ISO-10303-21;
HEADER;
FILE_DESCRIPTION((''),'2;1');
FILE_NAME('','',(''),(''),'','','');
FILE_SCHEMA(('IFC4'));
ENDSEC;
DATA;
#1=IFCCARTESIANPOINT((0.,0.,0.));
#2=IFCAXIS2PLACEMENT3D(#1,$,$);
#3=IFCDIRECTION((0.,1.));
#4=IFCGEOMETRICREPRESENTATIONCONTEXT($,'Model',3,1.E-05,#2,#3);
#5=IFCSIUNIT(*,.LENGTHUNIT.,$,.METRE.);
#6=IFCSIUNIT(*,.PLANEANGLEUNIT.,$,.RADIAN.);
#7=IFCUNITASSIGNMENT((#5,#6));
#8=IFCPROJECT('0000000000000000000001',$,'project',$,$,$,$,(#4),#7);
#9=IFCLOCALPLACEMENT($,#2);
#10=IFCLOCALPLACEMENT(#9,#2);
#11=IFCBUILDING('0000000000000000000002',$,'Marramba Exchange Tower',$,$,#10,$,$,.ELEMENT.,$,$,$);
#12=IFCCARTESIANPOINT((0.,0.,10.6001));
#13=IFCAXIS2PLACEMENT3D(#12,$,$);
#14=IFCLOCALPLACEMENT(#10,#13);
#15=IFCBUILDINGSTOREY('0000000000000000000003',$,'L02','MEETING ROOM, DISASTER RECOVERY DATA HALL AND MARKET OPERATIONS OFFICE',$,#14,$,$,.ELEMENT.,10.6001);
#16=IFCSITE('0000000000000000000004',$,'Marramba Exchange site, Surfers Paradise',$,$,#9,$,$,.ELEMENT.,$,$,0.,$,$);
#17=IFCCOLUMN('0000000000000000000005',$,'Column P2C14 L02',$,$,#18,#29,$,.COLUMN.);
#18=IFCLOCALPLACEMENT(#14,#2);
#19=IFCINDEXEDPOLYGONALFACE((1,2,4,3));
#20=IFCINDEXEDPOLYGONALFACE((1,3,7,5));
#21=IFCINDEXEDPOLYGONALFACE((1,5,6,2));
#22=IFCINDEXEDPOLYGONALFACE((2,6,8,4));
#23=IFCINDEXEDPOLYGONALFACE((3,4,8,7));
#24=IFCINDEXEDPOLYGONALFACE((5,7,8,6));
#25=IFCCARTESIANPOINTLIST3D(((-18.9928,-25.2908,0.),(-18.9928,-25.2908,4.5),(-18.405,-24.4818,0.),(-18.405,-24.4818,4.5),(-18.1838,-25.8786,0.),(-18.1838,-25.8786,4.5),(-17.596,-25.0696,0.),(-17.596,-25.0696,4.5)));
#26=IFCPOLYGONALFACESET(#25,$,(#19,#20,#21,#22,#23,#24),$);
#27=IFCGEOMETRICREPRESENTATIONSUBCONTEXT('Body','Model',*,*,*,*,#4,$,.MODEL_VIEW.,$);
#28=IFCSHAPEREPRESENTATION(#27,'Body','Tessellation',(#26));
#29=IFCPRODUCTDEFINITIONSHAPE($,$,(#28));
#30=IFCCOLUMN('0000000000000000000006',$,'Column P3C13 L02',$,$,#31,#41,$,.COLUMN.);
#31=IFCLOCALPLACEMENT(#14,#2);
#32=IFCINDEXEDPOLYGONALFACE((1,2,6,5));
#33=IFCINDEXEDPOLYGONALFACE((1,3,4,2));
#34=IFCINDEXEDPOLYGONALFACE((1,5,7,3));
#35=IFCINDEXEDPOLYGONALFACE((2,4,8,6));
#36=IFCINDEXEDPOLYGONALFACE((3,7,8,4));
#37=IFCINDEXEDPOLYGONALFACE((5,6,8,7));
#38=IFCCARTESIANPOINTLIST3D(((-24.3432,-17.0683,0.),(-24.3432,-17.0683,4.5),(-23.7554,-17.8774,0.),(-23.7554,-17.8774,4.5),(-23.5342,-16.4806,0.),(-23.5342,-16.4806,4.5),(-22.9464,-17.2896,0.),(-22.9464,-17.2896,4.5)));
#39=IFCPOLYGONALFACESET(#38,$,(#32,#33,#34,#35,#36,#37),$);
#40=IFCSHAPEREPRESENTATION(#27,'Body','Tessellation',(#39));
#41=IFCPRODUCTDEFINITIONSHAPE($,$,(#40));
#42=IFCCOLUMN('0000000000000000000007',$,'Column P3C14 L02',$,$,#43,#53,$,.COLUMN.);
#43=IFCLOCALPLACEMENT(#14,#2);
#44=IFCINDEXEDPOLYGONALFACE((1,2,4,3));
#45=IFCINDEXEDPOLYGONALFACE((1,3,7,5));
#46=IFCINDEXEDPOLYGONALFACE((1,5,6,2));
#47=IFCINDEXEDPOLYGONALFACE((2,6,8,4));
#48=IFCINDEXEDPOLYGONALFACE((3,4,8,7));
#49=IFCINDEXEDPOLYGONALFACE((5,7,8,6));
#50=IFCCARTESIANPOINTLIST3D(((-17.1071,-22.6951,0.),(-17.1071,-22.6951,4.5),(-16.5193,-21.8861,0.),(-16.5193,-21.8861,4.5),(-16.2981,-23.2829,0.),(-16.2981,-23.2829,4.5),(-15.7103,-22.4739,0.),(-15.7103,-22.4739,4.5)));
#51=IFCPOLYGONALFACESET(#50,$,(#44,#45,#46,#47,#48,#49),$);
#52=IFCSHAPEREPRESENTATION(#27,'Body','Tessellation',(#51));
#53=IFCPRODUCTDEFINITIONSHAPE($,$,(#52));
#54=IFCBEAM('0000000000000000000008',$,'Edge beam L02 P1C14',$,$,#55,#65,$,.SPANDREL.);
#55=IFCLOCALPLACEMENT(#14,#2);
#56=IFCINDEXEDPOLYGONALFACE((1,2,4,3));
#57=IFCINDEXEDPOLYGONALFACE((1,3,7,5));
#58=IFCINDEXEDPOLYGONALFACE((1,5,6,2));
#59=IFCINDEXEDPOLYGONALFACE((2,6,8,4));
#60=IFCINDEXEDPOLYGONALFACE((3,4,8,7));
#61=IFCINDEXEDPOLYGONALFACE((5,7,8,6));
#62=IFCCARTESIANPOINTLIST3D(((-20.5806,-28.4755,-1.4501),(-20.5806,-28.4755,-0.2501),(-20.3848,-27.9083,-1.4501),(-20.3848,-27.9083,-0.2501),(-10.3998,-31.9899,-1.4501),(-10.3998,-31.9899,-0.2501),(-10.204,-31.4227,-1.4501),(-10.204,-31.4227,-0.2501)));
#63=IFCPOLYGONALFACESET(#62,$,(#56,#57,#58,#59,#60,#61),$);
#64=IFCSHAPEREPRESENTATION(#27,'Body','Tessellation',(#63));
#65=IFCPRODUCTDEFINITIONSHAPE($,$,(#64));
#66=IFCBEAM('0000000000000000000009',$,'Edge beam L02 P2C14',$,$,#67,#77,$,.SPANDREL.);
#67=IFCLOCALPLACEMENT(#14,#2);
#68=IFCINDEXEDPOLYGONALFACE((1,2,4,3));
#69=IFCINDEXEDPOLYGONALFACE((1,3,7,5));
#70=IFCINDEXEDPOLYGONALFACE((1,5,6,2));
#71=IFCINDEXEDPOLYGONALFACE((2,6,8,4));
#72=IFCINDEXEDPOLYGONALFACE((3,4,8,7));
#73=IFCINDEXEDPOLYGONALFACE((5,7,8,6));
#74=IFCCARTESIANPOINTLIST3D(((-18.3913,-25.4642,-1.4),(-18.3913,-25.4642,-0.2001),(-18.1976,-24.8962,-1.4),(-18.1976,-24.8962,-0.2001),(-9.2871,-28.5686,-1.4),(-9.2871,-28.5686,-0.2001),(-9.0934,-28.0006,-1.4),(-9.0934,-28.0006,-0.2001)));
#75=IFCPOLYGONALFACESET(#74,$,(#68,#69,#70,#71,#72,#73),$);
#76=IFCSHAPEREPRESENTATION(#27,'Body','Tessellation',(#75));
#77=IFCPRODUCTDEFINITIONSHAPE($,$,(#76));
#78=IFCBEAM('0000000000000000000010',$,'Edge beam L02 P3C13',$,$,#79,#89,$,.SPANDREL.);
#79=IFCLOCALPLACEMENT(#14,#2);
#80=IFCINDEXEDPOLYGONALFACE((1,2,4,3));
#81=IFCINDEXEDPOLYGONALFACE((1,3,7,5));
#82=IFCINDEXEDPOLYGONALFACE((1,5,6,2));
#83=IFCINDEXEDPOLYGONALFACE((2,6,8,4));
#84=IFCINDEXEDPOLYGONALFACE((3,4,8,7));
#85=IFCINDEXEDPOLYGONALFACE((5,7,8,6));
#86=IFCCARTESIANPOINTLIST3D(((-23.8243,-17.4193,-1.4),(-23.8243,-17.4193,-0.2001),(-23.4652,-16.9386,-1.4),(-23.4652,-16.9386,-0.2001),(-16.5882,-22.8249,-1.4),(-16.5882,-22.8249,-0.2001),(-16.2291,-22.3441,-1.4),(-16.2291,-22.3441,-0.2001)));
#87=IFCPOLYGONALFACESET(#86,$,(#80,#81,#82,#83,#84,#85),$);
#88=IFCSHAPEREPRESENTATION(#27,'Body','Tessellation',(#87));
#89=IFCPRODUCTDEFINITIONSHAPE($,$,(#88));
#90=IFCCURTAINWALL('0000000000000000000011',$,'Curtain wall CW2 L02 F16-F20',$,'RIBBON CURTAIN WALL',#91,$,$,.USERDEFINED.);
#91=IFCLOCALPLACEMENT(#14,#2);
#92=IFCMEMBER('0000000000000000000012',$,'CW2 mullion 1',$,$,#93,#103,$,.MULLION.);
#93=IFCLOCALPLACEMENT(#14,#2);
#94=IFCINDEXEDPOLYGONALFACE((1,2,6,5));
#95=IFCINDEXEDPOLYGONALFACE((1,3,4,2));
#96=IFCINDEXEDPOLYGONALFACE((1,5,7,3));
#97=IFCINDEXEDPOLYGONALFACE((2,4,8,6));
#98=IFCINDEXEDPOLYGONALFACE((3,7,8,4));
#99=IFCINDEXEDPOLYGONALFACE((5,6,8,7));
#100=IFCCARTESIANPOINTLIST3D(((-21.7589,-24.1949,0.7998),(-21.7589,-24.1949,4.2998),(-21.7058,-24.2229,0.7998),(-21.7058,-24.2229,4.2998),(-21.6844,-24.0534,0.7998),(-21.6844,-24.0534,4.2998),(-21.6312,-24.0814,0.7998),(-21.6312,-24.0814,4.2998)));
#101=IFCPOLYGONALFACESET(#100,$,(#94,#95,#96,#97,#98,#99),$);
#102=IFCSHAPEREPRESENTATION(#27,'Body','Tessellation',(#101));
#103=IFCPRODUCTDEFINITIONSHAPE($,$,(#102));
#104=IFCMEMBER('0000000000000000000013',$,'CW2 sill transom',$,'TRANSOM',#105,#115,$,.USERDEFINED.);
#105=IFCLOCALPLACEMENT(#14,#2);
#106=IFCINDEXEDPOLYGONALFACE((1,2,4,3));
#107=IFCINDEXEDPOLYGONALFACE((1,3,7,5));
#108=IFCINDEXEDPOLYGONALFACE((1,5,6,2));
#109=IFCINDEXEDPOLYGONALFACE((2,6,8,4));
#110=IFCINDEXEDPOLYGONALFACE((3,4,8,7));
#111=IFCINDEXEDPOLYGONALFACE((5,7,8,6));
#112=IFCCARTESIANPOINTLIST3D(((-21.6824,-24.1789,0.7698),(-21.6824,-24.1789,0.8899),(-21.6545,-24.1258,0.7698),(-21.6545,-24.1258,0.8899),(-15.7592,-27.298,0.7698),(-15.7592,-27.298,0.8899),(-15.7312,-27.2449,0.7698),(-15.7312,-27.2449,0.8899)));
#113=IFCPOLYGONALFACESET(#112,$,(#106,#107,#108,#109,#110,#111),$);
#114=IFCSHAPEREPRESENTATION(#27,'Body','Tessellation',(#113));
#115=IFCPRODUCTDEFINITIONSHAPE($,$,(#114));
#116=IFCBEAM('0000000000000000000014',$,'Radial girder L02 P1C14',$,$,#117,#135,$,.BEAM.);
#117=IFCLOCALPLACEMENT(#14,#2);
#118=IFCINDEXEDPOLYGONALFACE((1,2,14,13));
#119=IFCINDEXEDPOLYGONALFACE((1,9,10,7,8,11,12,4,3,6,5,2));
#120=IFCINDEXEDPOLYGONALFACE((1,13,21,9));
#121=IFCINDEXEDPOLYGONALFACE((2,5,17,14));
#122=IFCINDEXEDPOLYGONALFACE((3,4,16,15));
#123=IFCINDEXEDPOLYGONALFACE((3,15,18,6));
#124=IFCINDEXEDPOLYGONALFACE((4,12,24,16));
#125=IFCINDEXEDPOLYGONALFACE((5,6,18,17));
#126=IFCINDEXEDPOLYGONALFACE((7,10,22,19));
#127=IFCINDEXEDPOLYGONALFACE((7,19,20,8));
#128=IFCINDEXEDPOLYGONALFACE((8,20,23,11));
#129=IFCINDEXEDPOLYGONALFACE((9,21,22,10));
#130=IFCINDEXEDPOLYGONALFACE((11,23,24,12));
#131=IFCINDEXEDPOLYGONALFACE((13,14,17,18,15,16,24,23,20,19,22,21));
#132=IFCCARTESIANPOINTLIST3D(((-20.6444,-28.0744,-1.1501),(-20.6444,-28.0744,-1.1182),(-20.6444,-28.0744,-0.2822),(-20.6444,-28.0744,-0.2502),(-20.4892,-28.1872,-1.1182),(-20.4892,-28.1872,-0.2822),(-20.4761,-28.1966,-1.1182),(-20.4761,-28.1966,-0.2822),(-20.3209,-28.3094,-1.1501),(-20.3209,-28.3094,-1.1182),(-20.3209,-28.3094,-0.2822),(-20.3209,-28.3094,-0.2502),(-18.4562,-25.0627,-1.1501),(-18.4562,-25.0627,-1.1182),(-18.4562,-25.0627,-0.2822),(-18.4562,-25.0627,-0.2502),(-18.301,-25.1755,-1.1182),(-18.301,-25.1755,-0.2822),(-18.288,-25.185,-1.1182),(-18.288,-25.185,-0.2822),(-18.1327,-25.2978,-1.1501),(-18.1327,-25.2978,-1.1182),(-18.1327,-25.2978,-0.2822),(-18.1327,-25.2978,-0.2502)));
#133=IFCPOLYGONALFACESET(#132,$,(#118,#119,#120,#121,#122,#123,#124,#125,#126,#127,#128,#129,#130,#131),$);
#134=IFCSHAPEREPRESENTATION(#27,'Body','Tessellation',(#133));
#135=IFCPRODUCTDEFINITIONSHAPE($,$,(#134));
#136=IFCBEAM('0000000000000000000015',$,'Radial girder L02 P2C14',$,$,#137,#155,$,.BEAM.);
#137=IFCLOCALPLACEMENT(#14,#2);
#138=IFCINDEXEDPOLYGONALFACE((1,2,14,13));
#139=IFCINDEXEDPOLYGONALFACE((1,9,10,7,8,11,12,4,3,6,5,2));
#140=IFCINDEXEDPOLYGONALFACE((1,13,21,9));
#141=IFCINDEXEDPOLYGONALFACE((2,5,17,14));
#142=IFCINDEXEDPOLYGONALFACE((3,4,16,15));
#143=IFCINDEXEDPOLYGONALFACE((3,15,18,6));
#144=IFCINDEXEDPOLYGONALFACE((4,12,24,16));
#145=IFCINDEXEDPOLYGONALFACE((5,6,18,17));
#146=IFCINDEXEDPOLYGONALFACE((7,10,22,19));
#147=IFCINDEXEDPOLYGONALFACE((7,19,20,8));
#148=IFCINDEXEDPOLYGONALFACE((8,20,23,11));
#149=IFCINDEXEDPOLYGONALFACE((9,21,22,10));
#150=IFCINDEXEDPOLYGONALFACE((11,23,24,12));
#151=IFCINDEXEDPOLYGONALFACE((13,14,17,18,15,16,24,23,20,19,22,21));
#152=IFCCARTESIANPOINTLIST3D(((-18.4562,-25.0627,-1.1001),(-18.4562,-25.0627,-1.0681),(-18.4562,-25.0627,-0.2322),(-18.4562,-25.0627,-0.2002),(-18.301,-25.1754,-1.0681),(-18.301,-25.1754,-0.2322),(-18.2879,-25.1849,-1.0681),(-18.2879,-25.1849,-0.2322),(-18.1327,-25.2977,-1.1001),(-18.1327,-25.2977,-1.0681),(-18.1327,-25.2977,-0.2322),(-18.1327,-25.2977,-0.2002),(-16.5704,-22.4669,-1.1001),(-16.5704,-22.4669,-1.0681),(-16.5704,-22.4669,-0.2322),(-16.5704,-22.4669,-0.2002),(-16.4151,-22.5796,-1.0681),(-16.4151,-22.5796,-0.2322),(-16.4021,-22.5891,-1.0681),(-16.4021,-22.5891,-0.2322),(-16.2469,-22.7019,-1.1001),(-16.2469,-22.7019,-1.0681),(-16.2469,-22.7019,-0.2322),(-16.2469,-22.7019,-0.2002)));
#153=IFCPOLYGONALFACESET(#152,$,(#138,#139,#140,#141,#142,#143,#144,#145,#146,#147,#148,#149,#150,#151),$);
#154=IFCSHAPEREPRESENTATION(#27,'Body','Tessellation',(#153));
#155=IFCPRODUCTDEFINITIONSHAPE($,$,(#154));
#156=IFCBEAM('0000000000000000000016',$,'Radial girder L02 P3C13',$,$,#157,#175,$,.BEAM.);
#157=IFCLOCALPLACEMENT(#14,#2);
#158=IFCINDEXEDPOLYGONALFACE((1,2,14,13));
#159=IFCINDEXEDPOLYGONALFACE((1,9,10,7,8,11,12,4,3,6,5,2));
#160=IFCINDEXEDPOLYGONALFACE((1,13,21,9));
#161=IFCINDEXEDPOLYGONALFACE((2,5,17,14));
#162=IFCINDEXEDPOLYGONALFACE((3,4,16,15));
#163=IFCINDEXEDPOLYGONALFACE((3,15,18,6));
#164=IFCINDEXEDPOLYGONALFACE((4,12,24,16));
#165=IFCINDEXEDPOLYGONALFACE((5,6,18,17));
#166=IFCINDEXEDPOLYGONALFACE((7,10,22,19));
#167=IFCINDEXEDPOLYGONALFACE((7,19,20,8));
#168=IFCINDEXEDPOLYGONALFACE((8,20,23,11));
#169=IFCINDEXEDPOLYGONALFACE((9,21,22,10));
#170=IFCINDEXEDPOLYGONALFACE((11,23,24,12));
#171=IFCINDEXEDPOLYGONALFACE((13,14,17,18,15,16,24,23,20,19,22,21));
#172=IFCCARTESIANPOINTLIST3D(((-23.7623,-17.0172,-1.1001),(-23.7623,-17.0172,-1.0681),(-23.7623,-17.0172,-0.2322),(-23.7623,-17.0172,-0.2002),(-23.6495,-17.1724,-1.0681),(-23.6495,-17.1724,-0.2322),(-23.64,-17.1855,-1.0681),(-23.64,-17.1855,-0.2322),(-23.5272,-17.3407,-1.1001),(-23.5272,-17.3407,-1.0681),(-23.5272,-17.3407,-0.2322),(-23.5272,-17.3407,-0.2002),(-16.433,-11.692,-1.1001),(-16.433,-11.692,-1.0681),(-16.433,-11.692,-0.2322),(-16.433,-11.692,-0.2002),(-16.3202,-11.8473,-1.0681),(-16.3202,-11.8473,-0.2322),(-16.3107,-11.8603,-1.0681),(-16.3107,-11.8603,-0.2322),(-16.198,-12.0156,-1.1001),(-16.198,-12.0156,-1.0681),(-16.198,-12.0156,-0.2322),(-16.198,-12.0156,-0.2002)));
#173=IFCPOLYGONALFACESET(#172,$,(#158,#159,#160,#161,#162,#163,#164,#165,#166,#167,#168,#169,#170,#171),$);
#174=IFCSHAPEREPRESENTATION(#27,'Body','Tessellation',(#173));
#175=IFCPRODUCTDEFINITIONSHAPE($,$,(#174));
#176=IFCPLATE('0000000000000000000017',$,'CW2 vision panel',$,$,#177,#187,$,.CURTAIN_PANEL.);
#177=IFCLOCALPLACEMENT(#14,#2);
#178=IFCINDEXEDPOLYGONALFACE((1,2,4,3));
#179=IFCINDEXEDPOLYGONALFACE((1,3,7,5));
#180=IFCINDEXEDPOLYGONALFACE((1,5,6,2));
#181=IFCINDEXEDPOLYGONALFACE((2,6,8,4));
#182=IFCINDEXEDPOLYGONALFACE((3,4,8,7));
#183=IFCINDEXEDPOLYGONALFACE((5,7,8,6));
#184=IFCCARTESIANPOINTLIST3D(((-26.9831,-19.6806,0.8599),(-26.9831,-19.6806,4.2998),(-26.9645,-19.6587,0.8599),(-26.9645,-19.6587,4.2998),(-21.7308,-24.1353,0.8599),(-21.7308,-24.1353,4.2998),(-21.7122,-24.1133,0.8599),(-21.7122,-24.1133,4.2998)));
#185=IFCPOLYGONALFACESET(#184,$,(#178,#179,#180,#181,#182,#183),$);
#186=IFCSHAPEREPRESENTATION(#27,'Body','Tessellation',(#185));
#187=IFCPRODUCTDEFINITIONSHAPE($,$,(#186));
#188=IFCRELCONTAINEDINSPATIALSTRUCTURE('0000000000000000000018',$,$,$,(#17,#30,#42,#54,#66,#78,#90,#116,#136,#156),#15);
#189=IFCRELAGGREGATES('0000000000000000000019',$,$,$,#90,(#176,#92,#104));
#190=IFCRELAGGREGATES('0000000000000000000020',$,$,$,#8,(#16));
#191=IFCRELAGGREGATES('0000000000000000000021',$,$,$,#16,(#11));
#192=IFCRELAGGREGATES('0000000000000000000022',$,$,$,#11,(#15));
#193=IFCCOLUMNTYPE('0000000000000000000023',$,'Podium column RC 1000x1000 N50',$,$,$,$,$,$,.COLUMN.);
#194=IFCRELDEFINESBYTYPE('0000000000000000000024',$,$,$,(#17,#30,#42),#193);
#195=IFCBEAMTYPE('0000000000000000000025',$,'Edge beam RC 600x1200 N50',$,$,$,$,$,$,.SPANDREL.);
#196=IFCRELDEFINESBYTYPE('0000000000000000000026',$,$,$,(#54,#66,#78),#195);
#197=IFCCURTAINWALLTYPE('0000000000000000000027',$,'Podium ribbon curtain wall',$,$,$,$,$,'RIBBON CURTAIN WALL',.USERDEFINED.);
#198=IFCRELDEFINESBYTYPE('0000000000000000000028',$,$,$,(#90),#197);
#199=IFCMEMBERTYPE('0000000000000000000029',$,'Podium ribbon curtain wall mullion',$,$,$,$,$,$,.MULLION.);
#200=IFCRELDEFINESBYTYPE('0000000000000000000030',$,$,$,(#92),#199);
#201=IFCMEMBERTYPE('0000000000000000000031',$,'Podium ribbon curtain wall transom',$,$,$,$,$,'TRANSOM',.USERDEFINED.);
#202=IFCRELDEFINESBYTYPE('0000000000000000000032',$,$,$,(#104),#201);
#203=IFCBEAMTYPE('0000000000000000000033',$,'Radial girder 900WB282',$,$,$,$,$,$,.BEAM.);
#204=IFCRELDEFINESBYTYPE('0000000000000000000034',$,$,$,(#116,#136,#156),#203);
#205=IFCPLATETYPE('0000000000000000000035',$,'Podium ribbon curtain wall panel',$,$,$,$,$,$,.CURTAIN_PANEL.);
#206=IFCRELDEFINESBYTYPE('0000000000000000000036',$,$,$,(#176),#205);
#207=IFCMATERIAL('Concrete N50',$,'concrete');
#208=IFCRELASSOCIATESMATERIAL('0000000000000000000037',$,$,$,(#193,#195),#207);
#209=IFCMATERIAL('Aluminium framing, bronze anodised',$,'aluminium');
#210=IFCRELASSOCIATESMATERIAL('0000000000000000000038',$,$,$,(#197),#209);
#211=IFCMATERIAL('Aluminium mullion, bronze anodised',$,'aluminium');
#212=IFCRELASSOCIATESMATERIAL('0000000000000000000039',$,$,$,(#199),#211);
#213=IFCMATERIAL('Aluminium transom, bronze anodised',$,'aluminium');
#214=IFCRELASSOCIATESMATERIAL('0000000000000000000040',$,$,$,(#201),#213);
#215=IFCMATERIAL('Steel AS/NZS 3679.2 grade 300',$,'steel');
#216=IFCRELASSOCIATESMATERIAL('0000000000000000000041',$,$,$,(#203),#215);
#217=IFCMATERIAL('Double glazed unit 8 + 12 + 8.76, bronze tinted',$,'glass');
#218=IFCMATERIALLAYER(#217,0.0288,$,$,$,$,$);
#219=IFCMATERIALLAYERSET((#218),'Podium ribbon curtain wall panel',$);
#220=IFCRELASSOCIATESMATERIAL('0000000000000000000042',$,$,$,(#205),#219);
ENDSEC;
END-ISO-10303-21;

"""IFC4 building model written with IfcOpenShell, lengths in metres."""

from ifc_helpers import new_model, si_unit, direction, frame, origin, origin_2d, place, context, subcontext, project, spatial, rectangle, i_section, extrude, material, layer, layer_set, material_profile, profile_set, type_object, element, aggregate, save


model = new_model("IFC4")

# Units and contexts
model_context = context("Model", 3, precision=1e-05, world=origin(), true_north=direction((0.0, 1.0)))
body_context = subcontext(model_context, "Body", "Model", "MODEL_VIEW")
ifc_project = project(units=[si_unit("LENGTHUNIT", "METRE"), si_unit("PLANEANGLEUNIT", "RADIAN")], contexts=[model_context])

# Site, building, storey
site_placement = place(None, origin())
site = spatial("IfcSite", under=ifc_project, at=site_placement, Name="Marramba Exchange site, Surfers Paradise", CompositionType="ELEMENT", RefElevation=0.0)
building_placement = place(site_placement, origin())
building = spatial("IfcBuilding", under=site, at=building_placement, Name="Marramba Exchange Tower", CompositionType="ELEMENT")
storey_placement = place(building_placement, frame((0.0, 0.0, 10.6001)))
storey = spatial("IfcBuildingStorey", under=building, at=storey_placement, Name="L02", Description="MEETING ROOM, DISASTER RECOVERY DATA HALL AND MARKET OPERATIONS OFFICE", CompositionType="ELEMENT", Elevation=10.6001)

# Columns
ifc_material_1 = material(Name="Concrete N50", Category="concrete")
ifc_material_profile_1 = material_profile(ifc_material_1, rectangle(XDim=1.0, YDim=1.0, at=origin_2d()), Name="RC 1000x1000")
ifc_profile_set_1 = profile_set([ifc_material_profile_1], Name="Concrete N50")
column_type = type_object("IfcColumnType", Name="Podium column RC 1000x1000 N50", PredefinedType="COLUMN", material=ifc_profile_set_1)
for number, where, z_axis, x_axis, name in (
    (1, (-18.2944, -25.1802, 0.0), (0.0, 0.0, 1.0), (-0.587785, -0.809017, 0.0), "Column P2C14 L02"),
    (2, (-23.6448, -17.179, 0.0), (0.0, 0.0, 1.0), (-0.809017, -0.587785, 0.0), "Column P3C13 L02"),
    (3, (-16.4087, -22.5845, 0.0), (0.0, 0.0, 1.0), (-0.587785, -0.809017, 0.0), "Column P3C14 L02"),
):
    element("IfcColumn", number, at=place(storey_placement, frame(where, z_axis=z_axis, x_axis=x_axis)), inside=storey, type_object=column_type, Name=name, PredefinedType="COLUMN", context=body_context, shape_type="SweptSolid", body=[
        extrude(rectangle(XDim=1.0, YDim=1.0, at=origin_2d()), origin(), (0.0, 0.0, 1.0), 4.5),
    ])

# Beams
ifc_material_profile_2 = material_profile(ifc_material_1, rectangle(XDim=0.6001, YDim=1.2, at=origin_2d()), Name="RC 600x1200")
ifc_profile_set_2 = profile_set([ifc_material_profile_2], Name="Concrete N50")
beam_type_1 = type_object("IfcBeamType", Name="Edge beam RC 600x1200 N50", PredefinedType="SPANDREL", material=ifc_profile_set_2)
beam_1_placement = place(storey_placement, frame((-20.4827, -28.1919, -0.8501), z_axis=(0.945263, -0.326309, 0.0), x_axis=(0.326309, 0.945263, 0.0)))
element("IfcBeam", 4, at=beam_1_placement, inside=storey, type_object=beam_type_1, Name="Edge beam L02 P1C14", PredefinedType="SPANDREL", context=body_context, shape_type="SweptSolid", body=[
    extrude(rectangle(XDim=0.6001, YDim=1.2, at=origin_2d()), origin(), (0.0, 0.0, 1.0), 10.7703),
])
beam_2_placement = place(storey_placement, frame((-18.2944, -25.1802, -0.8), z_axis=(0.946486, -0.322746, 0.0), x_axis=(0.322746, 0.946486, 0.0)))
element("IfcBeam", 5, at=beam_2_placement, inside=storey, type_object=beam_type_1, Name="Edge beam L02 P2C14", PredefinedType="SPANDREL", context=body_context, shape_type="SweptSolid", body=[
    extrude(rectangle(XDim=0.6001, YDim=1.2, at=origin_2d()), origin(), (0.0, 0.0, 1.0), 9.6189),
])
beam_3_placement = place(storey_placement, frame((-23.6448, -17.179, -0.8), z_axis=(0.801144, -0.598472, 0.0), x_axis=(0.598472, 0.801144, 0.0)))
element("IfcBeam", 6, at=beam_3_placement, inside=storey, type_object=beam_type_1, Name="Edge beam L02 P3C13", PredefinedType="SPANDREL", context=body_context, shape_type="SweptSolid", body=[
    extrude(rectangle(XDim=0.6001, YDim=1.2, at=origin_2d()), origin(), (0.0, 0.0, 1.0), 9.0322),
])

# Curtain wall, members
ifc_material_2 = material(Name="Aluminium framing, bronze anodised", Category="aluminium")
curtain_wall_type = type_object("IfcCurtainWallType", Name="Podium ribbon curtain wall", ElementType="RIBBON CURTAIN WALL", PredefinedType="USERDEFINED", material=ifc_material_2)
curtain_wall_placement = place(storey_placement, origin())
curtain_wall = element("IfcCurtainWall", 7, at=curtain_wall_placement, inside=storey, type_object=curtain_wall_type, Name="Curtain wall CW2 L02 F16-F20", ObjectType="RIBBON CURTAIN WALL", PredefinedType="USERDEFINED")
ifc_material_3 = material(Name="Aluminium mullion, bronze anodised", Category="aluminium")
ifc_material_profile_3 = material_profile(ifc_material_3, rectangle(XDim=0.1599, YDim=0.0601, at=origin_2d()), Name="CW2 mullion 60x160")
ifc_profile_set_3 = profile_set([ifc_material_profile_3], Name="Aluminium mullion, bronze anodised")
member_type_1 = type_object("IfcMemberType", Name="Podium ribbon curtain wall mullion", PredefinedType="MULLION", material=ifc_profile_set_3)
member_1_placement = place(storey_placement, frame((-21.6951, -24.1382, 0.7998), z_axis=(0.0, 0.0, 1.0), x_axis=(0.46593, 0.884821, 0.0)))
member_1 = element("IfcMember", 8, at=member_1_placement, type_object=member_type_1, Name="CW2 mullion 1", PredefinedType="MULLION", context=body_context, shape_type="SweptSolid", body=[
    extrude(rectangle(XDim=0.1599, YDim=0.0601, at=origin_2d()), origin(), (0.0, 0.0, 1.0), 3.5),
])
ifc_material_4 = material(Name="Aluminium transom, bronze anodised", Category="aluminium")
ifc_material_profile_4 = material_profile(ifc_material_4, rectangle(XDim=0.0601, YDim=0.1201, at=origin_2d()), Name="CW2 transom 60x120")
ifc_profile_set_4 = profile_set([ifc_material_profile_4], Name="Aluminium transom, bronze anodised")
member_type_2 = type_object("IfcMemberType", Name="Podium ribbon curtain wall transom", ElementType="TRANSOM", PredefinedType="USERDEFINED", material=ifc_profile_set_4)
member_2_placement = place(storey_placement, frame((-21.6685, -24.1523, 0.8298), z_axis=(0.88482, -0.465933, 0.0), x_axis=(0.465933, 0.88482, 0.0)))
member_2 = element("IfcMember", 9, at=member_2_placement, type_object=member_type_2, Name="CW2 sill transom", ObjectType="TRANSOM", PredefinedType="USERDEFINED", context=body_context, shape_type="SweptSolid", body=[
    extrude(rectangle(XDim=0.0601, YDim=0.1201, at=origin_2d()), origin(), (0.0, 0.0, 1.0), 6.6943),
])

# Beams
ifc_material_5 = material(Name="Steel AS/NZS 3679.2 grade 300", Category="steel")
ifc_material_profile_5 = material_profile(ifc_material_5, i_section(OverallWidth=0.3999, OverallDepth=0.8999, WebThickness=0.0161, FlangeThickness=0.032, at=origin_2d()), Name="900WB282")
ifc_profile_set_5 = profile_set([ifc_material_profile_5], Name="Steel AS/NZS 3679.2 grade 300")
beam_type_2 = type_object("IfcBeamType", Name="Radial girder 900WB282", PredefinedType="BEAM", material=ifc_profile_set_5)
beam_4_placement = place(storey_placement, frame((-20.4827, -28.1919, -0.7002), z_axis=(0.587801, 0.809005, 0.0), x_axis=(-0.809005, 0.587801, 0.0)))
element("IfcBeam", 10, at=beam_4_placement, inside=storey, type_object=beam_type_2, Name="Radial girder L02 P1C14", PredefinedType="BEAM", context=body_context, shape_type="SweptSolid", body=[
    extrude(i_section(OverallWidth=0.3999, OverallDepth=0.8999, WebThickness=0.0161, FlangeThickness=0.032, at=origin_2d()), origin(), (0.0, 0.0, 1.0), 3.7227),
])
beam_5_placement = place(storey_placement, frame((-18.2944, -25.1802, -0.6501), z_axis=(0.587755, 0.809039, 0.0), x_axis=(-0.809039, 0.587755, 0.0)))
element("IfcBeam", 11, at=beam_5_placement, inside=storey, type_object=beam_type_2, Name="Radial girder L02 P2C14", PredefinedType="BEAM", context=body_context, shape_type="SweptSolid", body=[
    extrude(i_section(OverallWidth=0.3999, OverallDepth=0.8999, WebThickness=0.0161, FlangeThickness=0.032, at=origin_2d()), origin(), (0.0, 0.0, 1.0), 3.2085),
])
beam_6_placement = place(storey_placement, frame((-23.6448, -17.179, -0.6501), z_axis=(0.809011, 0.587793, 0.0), x_axis=(-0.587793, 0.809011, 0.0)))
element("IfcBeam", 12, at=beam_6_placement, inside=storey, type_object=beam_type_2, Name="Radial girder L02 P3C13", PredefinedType="BEAM", context=body_context, shape_type="SweptSolid", body=[
    extrude(i_section(OverallWidth=0.3999, OverallDepth=0.8999, WebThickness=0.0161, FlangeThickness=0.032, at=origin_2d()), origin(), (0.0, 0.0, 1.0), 9.0596),
])

# Plate
ifc_material_6 = material(Name="Double glazed unit 8 + 12 + 8.76, bronze tinted", Category="glass")
ifc_layer_1 = layer(ifc_material_6, 0.0288)
ifc_layer_set_1 = layer_set([ifc_layer_1], Name="Podium ribbon curtain wall panel")
plate_type = type_object("IfcPlateType", Name="Podium ribbon curtain wall panel", PredefinedType="CURTAIN_PANEL", material=ifc_layer_set_1)
plate_1_placement = place(storey_placement, frame((-24.3477, -21.897, 0.8599), z_axis=(0.0, 0.0, 1.0), x_axis=(0.762643, -0.646819, 0.0)))
plate_1 = element("IfcPlate", 13, at=plate_1_placement, type_object=plate_type, Name="CW2 vision panel", PredefinedType="CURTAIN_PANEL", context=body_context, shape_type="SweptSolid", body=[
    extrude(rectangle(XDim=6.887, YDim=0.0288, at=origin_2d()), origin(), (0.0, 0.0, 1.0), 3.4399),
])
aggregate(curtain_wall, [plate_1, member_1, member_2])

save(model, "model.ifc")
